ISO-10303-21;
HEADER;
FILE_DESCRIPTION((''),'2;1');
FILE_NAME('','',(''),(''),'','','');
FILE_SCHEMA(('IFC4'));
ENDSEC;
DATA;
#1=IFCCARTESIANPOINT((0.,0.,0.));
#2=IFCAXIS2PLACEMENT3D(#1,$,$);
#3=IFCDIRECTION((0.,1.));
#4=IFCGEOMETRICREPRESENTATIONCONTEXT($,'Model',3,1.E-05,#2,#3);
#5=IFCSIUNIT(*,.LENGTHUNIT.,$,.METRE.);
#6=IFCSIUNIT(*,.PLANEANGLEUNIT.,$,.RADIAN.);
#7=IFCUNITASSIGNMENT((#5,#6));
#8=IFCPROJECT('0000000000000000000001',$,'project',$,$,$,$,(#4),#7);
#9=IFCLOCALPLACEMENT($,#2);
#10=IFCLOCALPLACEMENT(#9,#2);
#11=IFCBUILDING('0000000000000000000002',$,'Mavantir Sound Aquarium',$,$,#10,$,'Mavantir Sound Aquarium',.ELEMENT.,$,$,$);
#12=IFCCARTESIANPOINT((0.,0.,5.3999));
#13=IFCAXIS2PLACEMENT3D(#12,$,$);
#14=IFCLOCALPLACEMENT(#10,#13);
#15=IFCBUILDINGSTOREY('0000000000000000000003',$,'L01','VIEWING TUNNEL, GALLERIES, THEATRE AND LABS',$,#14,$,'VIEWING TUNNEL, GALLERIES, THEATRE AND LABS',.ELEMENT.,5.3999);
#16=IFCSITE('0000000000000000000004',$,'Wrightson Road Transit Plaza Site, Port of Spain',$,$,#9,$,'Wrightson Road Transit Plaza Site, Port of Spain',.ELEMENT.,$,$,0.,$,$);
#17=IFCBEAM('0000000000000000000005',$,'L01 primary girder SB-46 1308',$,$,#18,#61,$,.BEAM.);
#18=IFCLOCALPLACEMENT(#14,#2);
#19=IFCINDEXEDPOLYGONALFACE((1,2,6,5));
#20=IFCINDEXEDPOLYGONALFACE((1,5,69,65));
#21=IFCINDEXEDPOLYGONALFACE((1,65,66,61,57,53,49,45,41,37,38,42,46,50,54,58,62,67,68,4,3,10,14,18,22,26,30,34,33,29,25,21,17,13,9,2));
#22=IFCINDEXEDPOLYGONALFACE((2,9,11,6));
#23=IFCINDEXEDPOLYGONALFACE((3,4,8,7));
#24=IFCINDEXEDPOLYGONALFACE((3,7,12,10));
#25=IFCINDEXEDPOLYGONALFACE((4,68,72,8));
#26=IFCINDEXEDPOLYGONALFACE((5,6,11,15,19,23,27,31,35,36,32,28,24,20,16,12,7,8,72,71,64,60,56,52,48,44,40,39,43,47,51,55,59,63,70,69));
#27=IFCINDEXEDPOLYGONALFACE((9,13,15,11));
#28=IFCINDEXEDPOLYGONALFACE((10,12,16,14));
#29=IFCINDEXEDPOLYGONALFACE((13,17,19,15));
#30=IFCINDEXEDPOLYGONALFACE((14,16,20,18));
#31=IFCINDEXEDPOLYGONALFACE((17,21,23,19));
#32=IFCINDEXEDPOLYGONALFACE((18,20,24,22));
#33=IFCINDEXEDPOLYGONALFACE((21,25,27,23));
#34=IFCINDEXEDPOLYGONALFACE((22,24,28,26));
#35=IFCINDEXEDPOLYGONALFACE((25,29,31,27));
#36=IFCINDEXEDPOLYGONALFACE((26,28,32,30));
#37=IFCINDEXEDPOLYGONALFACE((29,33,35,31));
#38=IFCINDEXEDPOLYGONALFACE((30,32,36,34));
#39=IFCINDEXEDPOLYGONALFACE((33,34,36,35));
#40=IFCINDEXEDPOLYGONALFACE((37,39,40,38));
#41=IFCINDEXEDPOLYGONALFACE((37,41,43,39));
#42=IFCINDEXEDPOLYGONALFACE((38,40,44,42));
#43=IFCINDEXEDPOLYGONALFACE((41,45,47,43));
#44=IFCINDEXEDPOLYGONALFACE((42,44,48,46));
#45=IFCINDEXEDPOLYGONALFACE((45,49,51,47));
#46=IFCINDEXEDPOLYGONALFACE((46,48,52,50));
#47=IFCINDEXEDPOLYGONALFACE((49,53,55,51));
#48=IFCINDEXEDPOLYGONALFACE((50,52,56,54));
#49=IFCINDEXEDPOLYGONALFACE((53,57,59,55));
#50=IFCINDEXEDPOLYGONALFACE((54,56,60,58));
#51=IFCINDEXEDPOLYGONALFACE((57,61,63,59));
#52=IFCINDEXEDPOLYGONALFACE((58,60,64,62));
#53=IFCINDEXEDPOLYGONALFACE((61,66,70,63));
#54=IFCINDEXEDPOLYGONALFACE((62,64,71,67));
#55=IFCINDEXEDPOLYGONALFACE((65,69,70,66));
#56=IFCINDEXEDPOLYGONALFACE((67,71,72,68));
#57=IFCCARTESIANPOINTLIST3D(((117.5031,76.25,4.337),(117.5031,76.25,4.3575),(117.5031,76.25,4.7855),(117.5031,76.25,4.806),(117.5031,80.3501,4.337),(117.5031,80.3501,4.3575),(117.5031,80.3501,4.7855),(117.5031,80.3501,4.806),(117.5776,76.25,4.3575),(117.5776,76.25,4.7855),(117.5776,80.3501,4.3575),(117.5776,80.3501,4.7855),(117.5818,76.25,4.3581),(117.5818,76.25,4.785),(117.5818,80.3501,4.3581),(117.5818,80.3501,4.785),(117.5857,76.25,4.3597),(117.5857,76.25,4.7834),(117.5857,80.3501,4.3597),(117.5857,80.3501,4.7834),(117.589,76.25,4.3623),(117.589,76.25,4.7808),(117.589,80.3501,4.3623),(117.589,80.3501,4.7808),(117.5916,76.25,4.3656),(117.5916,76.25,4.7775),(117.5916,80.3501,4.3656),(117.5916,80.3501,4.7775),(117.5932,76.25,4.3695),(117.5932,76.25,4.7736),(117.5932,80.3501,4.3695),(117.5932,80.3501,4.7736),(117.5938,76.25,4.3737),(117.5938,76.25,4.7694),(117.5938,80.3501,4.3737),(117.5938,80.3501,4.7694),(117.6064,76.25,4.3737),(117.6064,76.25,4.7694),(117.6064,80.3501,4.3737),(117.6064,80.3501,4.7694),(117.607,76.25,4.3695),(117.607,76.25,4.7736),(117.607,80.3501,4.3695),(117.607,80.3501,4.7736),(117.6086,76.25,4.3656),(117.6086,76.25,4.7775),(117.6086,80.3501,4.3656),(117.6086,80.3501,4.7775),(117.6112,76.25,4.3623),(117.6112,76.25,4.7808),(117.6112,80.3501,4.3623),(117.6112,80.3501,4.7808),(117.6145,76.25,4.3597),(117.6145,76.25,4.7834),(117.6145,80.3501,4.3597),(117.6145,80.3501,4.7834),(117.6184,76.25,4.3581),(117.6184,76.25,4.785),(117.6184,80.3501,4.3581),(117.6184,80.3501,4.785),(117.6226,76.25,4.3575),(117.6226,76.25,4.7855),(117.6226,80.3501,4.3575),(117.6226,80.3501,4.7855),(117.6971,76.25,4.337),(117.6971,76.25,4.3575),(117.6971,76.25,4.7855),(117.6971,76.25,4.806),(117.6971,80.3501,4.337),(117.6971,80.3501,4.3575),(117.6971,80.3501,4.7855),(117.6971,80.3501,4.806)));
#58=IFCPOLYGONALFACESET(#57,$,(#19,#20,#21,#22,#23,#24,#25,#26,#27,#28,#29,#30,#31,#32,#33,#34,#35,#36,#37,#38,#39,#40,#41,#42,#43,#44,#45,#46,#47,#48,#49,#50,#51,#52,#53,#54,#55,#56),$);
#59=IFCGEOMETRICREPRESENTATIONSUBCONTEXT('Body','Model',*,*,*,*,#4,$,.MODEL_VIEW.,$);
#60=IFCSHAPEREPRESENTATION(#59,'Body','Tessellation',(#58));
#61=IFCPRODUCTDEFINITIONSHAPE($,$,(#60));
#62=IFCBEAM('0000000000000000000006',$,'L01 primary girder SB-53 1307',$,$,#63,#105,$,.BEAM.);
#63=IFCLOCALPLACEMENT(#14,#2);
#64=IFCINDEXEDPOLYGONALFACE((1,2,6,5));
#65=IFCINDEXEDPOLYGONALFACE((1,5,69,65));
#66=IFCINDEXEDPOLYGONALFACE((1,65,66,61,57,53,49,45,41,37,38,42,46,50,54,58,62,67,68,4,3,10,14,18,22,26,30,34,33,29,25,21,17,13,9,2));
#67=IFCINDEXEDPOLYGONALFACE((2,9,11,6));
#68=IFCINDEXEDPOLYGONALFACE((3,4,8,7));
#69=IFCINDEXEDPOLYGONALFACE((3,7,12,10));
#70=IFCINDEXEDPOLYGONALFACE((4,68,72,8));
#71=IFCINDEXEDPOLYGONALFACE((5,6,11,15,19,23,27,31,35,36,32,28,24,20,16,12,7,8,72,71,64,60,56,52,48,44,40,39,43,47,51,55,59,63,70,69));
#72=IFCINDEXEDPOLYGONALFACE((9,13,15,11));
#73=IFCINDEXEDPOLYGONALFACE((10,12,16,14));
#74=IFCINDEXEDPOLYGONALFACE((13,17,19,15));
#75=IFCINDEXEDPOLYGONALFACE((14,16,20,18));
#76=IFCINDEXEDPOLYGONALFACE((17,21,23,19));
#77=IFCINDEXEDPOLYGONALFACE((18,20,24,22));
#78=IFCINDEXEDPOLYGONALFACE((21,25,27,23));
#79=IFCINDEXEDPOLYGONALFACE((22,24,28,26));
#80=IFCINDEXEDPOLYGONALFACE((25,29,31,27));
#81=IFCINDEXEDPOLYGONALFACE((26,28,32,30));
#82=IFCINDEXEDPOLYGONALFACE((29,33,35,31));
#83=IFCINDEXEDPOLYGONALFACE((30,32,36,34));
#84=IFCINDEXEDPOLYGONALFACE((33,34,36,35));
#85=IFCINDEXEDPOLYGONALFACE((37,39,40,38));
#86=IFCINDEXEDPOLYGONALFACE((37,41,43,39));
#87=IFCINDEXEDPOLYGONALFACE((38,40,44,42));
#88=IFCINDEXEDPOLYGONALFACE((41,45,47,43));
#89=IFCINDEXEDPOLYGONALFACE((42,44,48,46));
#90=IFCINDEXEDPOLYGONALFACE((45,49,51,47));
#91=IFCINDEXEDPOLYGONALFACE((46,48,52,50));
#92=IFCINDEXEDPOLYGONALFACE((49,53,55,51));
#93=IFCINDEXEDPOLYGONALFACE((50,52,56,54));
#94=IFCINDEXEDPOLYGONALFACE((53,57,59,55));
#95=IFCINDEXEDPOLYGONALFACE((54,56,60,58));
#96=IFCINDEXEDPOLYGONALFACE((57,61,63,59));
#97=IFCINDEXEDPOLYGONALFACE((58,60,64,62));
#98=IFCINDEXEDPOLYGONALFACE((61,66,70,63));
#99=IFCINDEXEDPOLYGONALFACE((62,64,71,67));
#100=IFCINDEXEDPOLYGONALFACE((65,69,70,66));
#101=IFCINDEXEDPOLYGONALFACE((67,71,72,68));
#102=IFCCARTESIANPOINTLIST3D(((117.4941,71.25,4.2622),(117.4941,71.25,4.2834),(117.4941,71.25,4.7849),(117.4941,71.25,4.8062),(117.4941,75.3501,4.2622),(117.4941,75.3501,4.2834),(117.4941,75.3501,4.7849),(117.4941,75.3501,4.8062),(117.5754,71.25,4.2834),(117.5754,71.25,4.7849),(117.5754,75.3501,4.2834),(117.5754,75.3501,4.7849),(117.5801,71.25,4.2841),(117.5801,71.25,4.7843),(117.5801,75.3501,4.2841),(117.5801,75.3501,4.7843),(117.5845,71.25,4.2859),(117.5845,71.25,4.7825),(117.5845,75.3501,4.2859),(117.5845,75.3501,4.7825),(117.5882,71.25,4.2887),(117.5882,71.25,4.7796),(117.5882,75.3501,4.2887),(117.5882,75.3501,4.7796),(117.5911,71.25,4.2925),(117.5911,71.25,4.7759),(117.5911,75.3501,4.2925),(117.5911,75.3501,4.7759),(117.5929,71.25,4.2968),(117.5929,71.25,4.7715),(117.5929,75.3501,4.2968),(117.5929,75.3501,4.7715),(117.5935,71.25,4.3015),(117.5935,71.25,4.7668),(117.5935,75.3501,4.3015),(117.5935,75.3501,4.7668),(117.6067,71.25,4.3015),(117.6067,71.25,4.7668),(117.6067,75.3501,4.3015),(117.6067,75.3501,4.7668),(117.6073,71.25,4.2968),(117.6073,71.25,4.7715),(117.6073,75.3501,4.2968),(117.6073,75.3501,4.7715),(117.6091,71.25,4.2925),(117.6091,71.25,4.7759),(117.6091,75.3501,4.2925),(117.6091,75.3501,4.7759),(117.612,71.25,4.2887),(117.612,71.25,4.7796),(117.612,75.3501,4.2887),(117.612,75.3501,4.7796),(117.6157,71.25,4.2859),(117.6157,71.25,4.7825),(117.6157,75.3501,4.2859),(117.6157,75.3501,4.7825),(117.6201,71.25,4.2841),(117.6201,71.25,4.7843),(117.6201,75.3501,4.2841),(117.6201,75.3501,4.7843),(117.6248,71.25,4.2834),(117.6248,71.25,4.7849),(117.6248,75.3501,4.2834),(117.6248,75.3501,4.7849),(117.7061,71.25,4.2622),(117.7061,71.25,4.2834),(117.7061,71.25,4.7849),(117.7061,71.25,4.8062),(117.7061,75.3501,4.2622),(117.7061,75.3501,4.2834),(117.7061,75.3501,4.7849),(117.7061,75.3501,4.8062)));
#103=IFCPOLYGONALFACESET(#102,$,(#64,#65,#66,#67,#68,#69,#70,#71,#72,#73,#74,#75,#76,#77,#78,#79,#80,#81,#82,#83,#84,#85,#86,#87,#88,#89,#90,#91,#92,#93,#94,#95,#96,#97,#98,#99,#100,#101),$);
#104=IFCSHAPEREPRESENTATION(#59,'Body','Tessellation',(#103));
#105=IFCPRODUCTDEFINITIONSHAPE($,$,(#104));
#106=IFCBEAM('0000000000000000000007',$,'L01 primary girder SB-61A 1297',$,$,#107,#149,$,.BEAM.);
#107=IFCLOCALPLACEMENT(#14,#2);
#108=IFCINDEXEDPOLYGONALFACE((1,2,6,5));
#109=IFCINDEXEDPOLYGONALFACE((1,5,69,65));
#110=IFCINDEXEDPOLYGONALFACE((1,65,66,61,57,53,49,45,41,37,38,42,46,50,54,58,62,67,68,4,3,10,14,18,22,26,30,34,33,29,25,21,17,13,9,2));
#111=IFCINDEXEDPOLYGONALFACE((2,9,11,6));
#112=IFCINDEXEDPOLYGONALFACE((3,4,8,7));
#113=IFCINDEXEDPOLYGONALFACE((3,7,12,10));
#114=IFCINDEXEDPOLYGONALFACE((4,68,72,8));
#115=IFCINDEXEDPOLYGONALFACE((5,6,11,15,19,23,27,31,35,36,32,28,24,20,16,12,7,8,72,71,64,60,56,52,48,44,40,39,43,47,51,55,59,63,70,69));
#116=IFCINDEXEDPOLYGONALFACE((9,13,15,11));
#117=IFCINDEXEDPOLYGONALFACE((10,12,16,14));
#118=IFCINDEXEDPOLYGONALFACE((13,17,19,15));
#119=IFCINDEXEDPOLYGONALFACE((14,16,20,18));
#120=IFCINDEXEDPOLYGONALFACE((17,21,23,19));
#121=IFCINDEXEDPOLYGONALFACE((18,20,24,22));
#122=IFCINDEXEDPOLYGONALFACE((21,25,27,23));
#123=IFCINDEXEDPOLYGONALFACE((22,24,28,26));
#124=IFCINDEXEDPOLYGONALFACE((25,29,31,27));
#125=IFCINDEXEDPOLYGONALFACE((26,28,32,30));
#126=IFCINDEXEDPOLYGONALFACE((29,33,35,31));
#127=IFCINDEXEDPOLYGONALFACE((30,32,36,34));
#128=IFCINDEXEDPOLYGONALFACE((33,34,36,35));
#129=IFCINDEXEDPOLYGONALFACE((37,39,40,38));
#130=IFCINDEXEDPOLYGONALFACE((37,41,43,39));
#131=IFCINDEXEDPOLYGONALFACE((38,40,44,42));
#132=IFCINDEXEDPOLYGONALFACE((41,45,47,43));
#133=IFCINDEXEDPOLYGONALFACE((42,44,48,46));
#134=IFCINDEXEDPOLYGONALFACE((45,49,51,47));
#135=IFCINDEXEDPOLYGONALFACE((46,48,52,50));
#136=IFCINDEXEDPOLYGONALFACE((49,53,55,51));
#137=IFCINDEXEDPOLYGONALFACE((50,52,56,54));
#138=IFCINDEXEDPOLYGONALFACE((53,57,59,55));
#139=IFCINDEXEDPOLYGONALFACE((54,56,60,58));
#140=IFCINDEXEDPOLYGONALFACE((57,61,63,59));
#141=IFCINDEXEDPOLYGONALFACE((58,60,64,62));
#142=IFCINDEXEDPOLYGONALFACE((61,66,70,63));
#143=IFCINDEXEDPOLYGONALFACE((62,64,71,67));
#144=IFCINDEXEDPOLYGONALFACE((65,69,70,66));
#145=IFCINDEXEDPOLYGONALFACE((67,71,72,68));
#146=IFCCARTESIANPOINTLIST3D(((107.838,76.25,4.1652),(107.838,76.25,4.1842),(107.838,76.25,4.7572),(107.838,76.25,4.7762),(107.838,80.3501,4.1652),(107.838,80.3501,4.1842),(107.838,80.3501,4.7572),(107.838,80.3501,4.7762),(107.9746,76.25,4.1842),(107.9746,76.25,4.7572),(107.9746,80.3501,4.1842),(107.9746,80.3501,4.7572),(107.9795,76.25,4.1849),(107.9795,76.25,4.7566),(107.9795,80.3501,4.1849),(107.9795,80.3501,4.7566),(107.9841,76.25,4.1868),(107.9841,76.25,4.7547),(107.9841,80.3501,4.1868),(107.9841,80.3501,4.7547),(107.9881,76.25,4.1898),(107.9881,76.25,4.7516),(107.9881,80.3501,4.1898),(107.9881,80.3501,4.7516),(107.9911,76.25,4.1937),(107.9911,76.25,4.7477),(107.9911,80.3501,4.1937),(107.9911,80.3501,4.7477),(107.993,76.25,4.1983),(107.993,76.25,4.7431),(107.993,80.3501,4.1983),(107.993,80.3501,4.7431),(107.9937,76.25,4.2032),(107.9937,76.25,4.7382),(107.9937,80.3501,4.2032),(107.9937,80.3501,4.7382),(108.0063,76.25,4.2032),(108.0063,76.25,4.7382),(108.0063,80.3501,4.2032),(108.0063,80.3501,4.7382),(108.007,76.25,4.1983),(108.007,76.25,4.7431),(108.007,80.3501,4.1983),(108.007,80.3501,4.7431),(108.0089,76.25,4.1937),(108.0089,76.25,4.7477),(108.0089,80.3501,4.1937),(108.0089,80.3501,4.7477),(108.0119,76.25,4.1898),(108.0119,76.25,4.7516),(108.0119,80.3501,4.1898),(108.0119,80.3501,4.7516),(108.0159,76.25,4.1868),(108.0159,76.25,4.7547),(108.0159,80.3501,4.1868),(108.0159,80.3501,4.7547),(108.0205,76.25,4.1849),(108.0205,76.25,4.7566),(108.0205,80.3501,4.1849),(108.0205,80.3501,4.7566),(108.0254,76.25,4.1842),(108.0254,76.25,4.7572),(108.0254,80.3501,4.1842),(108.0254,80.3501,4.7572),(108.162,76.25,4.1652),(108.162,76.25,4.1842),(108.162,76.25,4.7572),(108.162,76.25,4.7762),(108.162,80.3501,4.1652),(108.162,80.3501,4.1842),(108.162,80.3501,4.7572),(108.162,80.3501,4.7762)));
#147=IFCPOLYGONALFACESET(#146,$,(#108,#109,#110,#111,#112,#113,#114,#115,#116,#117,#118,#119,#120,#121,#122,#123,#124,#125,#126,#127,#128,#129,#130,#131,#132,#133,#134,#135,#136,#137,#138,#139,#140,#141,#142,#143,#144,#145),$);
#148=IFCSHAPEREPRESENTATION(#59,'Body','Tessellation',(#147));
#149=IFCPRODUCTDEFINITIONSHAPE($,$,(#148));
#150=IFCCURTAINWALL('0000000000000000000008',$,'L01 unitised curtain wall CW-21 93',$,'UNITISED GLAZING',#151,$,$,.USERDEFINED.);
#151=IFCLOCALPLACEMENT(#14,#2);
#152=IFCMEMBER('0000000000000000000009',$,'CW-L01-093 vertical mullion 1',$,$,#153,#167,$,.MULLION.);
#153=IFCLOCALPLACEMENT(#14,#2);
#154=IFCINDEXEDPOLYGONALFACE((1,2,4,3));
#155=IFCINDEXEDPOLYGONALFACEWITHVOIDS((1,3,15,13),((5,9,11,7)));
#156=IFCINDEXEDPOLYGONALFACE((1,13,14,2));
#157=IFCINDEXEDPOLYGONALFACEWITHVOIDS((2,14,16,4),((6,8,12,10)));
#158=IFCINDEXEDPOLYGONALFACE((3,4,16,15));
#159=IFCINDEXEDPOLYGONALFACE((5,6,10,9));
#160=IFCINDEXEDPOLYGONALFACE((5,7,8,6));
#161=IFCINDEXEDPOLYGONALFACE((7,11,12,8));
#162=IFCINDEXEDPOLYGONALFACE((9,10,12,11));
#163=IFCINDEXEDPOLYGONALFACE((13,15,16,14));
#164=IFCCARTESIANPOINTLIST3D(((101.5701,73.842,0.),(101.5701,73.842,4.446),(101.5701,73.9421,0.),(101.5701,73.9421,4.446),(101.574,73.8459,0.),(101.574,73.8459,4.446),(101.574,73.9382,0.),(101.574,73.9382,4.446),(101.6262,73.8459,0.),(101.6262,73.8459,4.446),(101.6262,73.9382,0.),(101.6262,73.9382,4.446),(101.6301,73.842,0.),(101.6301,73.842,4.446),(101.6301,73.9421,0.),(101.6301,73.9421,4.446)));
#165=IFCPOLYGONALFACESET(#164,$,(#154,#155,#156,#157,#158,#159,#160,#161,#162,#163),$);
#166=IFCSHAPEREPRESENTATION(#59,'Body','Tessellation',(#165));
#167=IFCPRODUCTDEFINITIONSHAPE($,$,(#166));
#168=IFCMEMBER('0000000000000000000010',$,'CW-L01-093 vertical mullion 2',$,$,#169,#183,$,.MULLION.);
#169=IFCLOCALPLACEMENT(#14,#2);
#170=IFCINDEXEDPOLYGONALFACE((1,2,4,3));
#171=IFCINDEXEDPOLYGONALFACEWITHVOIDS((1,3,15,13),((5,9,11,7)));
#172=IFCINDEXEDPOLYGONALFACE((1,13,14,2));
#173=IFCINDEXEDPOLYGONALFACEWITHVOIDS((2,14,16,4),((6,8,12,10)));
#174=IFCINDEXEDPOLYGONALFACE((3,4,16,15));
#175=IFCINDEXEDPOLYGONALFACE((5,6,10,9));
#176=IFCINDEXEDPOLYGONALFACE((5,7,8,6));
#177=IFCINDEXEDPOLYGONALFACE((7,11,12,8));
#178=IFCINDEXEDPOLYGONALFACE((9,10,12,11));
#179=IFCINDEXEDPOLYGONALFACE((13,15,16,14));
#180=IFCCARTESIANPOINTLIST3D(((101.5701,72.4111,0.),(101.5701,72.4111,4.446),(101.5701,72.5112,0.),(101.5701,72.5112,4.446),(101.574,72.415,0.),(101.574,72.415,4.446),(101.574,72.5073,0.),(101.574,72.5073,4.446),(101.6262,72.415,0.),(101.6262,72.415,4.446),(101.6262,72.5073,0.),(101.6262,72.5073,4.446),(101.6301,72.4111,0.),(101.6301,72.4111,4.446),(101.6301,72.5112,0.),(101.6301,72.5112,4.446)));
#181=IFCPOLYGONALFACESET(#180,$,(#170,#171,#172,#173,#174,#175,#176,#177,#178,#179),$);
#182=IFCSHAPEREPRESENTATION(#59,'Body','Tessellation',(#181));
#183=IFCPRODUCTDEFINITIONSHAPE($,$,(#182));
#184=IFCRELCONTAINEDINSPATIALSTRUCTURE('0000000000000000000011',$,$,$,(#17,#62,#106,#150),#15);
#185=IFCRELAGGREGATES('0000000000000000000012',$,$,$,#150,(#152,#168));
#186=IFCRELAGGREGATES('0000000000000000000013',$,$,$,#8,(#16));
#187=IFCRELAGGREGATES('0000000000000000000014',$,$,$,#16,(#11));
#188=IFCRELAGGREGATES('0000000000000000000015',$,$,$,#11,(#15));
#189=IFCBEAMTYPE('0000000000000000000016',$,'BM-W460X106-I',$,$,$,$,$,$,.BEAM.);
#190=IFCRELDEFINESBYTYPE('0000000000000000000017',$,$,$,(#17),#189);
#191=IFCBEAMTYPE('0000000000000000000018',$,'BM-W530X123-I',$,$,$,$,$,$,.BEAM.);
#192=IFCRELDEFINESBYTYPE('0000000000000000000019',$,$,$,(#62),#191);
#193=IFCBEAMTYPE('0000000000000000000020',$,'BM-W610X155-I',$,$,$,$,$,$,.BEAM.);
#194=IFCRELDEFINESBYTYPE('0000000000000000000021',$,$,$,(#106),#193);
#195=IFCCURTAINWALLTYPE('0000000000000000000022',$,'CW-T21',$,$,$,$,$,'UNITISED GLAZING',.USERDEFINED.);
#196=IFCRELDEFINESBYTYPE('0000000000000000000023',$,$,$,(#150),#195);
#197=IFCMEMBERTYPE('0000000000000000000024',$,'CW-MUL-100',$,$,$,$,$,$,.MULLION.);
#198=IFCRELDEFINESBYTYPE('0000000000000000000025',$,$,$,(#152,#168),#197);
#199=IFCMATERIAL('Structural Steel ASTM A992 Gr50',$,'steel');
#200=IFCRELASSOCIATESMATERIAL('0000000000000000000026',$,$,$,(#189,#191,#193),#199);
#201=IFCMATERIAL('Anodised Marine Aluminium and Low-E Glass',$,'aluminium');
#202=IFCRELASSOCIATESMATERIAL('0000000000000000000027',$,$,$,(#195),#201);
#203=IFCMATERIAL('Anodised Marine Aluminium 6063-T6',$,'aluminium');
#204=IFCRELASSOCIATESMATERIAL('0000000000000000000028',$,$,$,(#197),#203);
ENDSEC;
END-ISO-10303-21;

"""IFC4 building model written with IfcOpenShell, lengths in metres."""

from ifc_helpers import new_model, si_unit, direction, frame, origin, origin_2d, place, context, subcontext, project, spatial, hollow_rectangle, i_section, extrude, material, material_profile, profile_set, type_object, element, aggregate, save


model = new_model("IFC4")

# Units and contexts
model_context = context("Model", 3, precision=1e-05, world=origin(), true_north=direction((0.0, 1.0)))
body_context = subcontext(model_context, "Body", "Model", "MODEL_VIEW")
ifc_project = project(units=[si_unit("LENGTHUNIT", "METRE"), si_unit("PLANEANGLEUNIT", "RADIAN")], contexts=[model_context])

# Site, building, storey
site_placement = place(None, origin())
site = spatial("IfcSite", under=ifc_project, at=site_placement, Name="Wrightson Road Transit Plaza Site, Port of Spain", LongName="Wrightson Road Transit Plaza Site, Port of Spain", CompositionType="ELEMENT", RefElevation=0.0)
building_placement = place(site_placement, origin())
building = spatial("IfcBuilding", under=site, at=building_placement, Name="Mavantir Sound Aquarium", LongName="Mavantir Sound Aquarium", CompositionType="ELEMENT")
storey_placement = place(building_placement, frame((0.0, 0.0, 5.3999)))
storey = spatial("IfcBuildingStorey", under=building, at=storey_placement, Name="L01", Description="VIEWING TUNNEL, GALLERIES, THEATRE AND LABS", LongName="VIEWING TUNNEL, GALLERIES, THEATRE AND LABS", CompositionType="ELEMENT", Elevation=5.3999)

# Beams
ifc_material_1 = material(Name="Structural Steel ASTM A992 Gr50", Category="steel")
ifc_material_profile_1 = material_profile(ifc_material_1, i_section(OverallWidth=0.1941, OverallDepth=0.469, WebThickness=0.0127, FlangeThickness=0.0205, FilletRadius=0.0161, at=origin_2d()), Name="W460X106")
ifc_profile_set_1 = profile_set([ifc_material_profile_1], Name="Structural Steel ASTM A992 Gr50")
beam_type_1 = type_object("IfcBeamType", Name="BM-W460X106-I", PredefinedType="BEAM", material=ifc_profile_set_1)
for number, where, z_axis, x_axis, name in (
    (1, (117.6001, 76.25, 4.5715), (0.0, 1.0, 0.0), (-1.0, 0.0, 0.0), "L01 primary girder SB-46 1308"),
):
    element("IfcBeam", number, at=place(storey_placement, frame(where, z_axis=z_axis, x_axis=x_axis)), inside=storey, type_object=beam_type_1, Name=name, PredefinedType="BEAM", context=body_context, shape_type="SweptSolid", body=[
        extrude(i_section(OverallWidth=0.1941, OverallDepth=0.469, WebThickness=0.0127, FlangeThickness=0.0205, FilletRadius=0.0161, at=origin_2d()), origin(), (0.0, 0.0, 1.0), 4.1001),
    ])
ifc_material_profile_2 = material_profile(ifc_material_1, i_section(OverallWidth=0.2119, OverallDepth=0.5439, WebThickness=0.0132, FlangeThickness=0.0212, FilletRadius=0.0181, at=origin_2d()), Name="W530X123")
ifc_profile_set_2 = profile_set([ifc_material_profile_2], Name="Structural Steel ASTM A992 Gr50")
beam_type_2 = type_object("IfcBeamType", Name="BM-W530X123-I", PredefinedType="BEAM", material=ifc_profile_set_2)
beam_1_placement = place(storey_placement, frame((117.6001, 71.25, 4.5342), z_axis=(0.0, 1.0, 0.0), x_axis=(-1.0, 0.0, 0.0)))
element("IfcBeam", 2, at=beam_1_placement, inside=storey, type_object=beam_type_2, Name="L01 primary girder SB-53 1307", PredefinedType="BEAM", context=body_context, shape_type="SweptSolid", body=[
    extrude(i_section(OverallWidth=0.2119, OverallDepth=0.5439, WebThickness=0.0132, FlangeThickness=0.0212, FilletRadius=0.0181, at=origin_2d()), origin(), (0.0, 0.0, 1.0), 4.1001),
])
ifc_material_profile_3 = material_profile(ifc_material_1, i_section(OverallWidth=0.324, OverallDepth=0.6111, WebThickness=0.0127, FlangeThickness=0.019, FilletRadius=0.019, at=origin_2d()), Name="W610X155")
ifc_profile_set_3 = profile_set([ifc_material_profile_3], Name="Structural Steel ASTM A992 Gr50")
beam_type_3 = type_object("IfcBeamType", Name="BM-W610X155-I", PredefinedType="BEAM", material=ifc_profile_set_3)
beam_2_placement = place(storey_placement, frame((108.0, 76.25, 4.4707), z_axis=(0.0, 1.0, 0.0), x_axis=(-1.0, 0.0, 0.0)))
element("IfcBeam", 3, at=beam_2_placement, inside=storey, type_object=beam_type_3, Name="L01 primary girder SB-61A 1297", PredefinedType="BEAM", context=body_context, shape_type="SweptSolid", body=[
    extrude(i_section(OverallWidth=0.324, OverallDepth=0.6111, WebThickness=0.0127, FlangeThickness=0.019, FilletRadius=0.019, at=origin_2d()), origin(), (0.0, 0.0, 1.0), 4.1001),
])

# Curtain wall, members
ifc_material_2 = material(Name="Anodised Marine Aluminium and Low-E Glass", Category="aluminium")
curtain_wall_type_1 = type_object("IfcCurtainWallType", Name="CW-T21", ElementType="UNITISED GLAZING", PredefinedType="USERDEFINED", material=ifc_material_2)
curtain_wall_1_placement = place(storey_placement, origin())
curtain_wall_1 = element("IfcCurtainWall", 4, at=curtain_wall_1_placement, inside=storey, type_object=curtain_wall_type_1, Name="L01 unitised curtain wall CW-21 93", ObjectType="UNITISED GLAZING", PredefinedType="USERDEFINED")
ifc_material_3 = material(Name="Anodised Marine Aluminium 6063-T6", Category="aluminium")
ifc_material_profile_4 = material_profile(ifc_material_3, hollow_rectangle(XDim=0.0601, YDim=0.1001, WallThickness=0.0039, at=origin_2d()), Name="ALU-MULLION-100X60")
ifc_profile_set_4 = profile_set([ifc_material_profile_4], Name="Anodised Marine Aluminium 6063-T6")
member_type_1 = type_object("IfcMemberType", Name="CW-MUL-100", PredefinedType="MULLION", material=ifc_profile_set_4)
member_1_placement = place(storey_placement, frame((101.6001, 73.8921, 0.0), z_axis=(0.0, 0.0, 1.0), x_axis=(1.0, 0.0, 0.0)))
member_1 = element("IfcMember", 5, at=member_1_placement, type_object=member_type_1, Name="CW-L01-093 vertical mullion 1", PredefinedType="MULLION", context=body_context, shape_type="SweptSolid", body=[
    extrude(hollow_rectangle(XDim=0.0601, YDim=0.1001, WallThickness=0.0039, at=origin_2d()), origin(), (0.0, 0.0, 1.0), 4.446),
])
member_2_placement = place(storey_placement, frame((101.6001, 72.4612, 0.0), z_axis=(0.0, 0.0, 1.0), x_axis=(1.0, 0.0, 0.0)))
member_2 = element("IfcMember", 6, at=member_2_placement, type_object=member_type_1, Name="CW-L01-093 vertical mullion 2", PredefinedType="MULLION", context=body_context, shape_type="SweptSolid", body=[
    extrude(hollow_rectangle(XDim=0.0601, YDim=0.1001, WallThickness=0.0039, at=origin_2d()), origin(), (0.0, 0.0, 1.0), 4.446),
])

aggregate(curtain_wall_1, [member_1, member_2])

save(model, "model.ifc")
